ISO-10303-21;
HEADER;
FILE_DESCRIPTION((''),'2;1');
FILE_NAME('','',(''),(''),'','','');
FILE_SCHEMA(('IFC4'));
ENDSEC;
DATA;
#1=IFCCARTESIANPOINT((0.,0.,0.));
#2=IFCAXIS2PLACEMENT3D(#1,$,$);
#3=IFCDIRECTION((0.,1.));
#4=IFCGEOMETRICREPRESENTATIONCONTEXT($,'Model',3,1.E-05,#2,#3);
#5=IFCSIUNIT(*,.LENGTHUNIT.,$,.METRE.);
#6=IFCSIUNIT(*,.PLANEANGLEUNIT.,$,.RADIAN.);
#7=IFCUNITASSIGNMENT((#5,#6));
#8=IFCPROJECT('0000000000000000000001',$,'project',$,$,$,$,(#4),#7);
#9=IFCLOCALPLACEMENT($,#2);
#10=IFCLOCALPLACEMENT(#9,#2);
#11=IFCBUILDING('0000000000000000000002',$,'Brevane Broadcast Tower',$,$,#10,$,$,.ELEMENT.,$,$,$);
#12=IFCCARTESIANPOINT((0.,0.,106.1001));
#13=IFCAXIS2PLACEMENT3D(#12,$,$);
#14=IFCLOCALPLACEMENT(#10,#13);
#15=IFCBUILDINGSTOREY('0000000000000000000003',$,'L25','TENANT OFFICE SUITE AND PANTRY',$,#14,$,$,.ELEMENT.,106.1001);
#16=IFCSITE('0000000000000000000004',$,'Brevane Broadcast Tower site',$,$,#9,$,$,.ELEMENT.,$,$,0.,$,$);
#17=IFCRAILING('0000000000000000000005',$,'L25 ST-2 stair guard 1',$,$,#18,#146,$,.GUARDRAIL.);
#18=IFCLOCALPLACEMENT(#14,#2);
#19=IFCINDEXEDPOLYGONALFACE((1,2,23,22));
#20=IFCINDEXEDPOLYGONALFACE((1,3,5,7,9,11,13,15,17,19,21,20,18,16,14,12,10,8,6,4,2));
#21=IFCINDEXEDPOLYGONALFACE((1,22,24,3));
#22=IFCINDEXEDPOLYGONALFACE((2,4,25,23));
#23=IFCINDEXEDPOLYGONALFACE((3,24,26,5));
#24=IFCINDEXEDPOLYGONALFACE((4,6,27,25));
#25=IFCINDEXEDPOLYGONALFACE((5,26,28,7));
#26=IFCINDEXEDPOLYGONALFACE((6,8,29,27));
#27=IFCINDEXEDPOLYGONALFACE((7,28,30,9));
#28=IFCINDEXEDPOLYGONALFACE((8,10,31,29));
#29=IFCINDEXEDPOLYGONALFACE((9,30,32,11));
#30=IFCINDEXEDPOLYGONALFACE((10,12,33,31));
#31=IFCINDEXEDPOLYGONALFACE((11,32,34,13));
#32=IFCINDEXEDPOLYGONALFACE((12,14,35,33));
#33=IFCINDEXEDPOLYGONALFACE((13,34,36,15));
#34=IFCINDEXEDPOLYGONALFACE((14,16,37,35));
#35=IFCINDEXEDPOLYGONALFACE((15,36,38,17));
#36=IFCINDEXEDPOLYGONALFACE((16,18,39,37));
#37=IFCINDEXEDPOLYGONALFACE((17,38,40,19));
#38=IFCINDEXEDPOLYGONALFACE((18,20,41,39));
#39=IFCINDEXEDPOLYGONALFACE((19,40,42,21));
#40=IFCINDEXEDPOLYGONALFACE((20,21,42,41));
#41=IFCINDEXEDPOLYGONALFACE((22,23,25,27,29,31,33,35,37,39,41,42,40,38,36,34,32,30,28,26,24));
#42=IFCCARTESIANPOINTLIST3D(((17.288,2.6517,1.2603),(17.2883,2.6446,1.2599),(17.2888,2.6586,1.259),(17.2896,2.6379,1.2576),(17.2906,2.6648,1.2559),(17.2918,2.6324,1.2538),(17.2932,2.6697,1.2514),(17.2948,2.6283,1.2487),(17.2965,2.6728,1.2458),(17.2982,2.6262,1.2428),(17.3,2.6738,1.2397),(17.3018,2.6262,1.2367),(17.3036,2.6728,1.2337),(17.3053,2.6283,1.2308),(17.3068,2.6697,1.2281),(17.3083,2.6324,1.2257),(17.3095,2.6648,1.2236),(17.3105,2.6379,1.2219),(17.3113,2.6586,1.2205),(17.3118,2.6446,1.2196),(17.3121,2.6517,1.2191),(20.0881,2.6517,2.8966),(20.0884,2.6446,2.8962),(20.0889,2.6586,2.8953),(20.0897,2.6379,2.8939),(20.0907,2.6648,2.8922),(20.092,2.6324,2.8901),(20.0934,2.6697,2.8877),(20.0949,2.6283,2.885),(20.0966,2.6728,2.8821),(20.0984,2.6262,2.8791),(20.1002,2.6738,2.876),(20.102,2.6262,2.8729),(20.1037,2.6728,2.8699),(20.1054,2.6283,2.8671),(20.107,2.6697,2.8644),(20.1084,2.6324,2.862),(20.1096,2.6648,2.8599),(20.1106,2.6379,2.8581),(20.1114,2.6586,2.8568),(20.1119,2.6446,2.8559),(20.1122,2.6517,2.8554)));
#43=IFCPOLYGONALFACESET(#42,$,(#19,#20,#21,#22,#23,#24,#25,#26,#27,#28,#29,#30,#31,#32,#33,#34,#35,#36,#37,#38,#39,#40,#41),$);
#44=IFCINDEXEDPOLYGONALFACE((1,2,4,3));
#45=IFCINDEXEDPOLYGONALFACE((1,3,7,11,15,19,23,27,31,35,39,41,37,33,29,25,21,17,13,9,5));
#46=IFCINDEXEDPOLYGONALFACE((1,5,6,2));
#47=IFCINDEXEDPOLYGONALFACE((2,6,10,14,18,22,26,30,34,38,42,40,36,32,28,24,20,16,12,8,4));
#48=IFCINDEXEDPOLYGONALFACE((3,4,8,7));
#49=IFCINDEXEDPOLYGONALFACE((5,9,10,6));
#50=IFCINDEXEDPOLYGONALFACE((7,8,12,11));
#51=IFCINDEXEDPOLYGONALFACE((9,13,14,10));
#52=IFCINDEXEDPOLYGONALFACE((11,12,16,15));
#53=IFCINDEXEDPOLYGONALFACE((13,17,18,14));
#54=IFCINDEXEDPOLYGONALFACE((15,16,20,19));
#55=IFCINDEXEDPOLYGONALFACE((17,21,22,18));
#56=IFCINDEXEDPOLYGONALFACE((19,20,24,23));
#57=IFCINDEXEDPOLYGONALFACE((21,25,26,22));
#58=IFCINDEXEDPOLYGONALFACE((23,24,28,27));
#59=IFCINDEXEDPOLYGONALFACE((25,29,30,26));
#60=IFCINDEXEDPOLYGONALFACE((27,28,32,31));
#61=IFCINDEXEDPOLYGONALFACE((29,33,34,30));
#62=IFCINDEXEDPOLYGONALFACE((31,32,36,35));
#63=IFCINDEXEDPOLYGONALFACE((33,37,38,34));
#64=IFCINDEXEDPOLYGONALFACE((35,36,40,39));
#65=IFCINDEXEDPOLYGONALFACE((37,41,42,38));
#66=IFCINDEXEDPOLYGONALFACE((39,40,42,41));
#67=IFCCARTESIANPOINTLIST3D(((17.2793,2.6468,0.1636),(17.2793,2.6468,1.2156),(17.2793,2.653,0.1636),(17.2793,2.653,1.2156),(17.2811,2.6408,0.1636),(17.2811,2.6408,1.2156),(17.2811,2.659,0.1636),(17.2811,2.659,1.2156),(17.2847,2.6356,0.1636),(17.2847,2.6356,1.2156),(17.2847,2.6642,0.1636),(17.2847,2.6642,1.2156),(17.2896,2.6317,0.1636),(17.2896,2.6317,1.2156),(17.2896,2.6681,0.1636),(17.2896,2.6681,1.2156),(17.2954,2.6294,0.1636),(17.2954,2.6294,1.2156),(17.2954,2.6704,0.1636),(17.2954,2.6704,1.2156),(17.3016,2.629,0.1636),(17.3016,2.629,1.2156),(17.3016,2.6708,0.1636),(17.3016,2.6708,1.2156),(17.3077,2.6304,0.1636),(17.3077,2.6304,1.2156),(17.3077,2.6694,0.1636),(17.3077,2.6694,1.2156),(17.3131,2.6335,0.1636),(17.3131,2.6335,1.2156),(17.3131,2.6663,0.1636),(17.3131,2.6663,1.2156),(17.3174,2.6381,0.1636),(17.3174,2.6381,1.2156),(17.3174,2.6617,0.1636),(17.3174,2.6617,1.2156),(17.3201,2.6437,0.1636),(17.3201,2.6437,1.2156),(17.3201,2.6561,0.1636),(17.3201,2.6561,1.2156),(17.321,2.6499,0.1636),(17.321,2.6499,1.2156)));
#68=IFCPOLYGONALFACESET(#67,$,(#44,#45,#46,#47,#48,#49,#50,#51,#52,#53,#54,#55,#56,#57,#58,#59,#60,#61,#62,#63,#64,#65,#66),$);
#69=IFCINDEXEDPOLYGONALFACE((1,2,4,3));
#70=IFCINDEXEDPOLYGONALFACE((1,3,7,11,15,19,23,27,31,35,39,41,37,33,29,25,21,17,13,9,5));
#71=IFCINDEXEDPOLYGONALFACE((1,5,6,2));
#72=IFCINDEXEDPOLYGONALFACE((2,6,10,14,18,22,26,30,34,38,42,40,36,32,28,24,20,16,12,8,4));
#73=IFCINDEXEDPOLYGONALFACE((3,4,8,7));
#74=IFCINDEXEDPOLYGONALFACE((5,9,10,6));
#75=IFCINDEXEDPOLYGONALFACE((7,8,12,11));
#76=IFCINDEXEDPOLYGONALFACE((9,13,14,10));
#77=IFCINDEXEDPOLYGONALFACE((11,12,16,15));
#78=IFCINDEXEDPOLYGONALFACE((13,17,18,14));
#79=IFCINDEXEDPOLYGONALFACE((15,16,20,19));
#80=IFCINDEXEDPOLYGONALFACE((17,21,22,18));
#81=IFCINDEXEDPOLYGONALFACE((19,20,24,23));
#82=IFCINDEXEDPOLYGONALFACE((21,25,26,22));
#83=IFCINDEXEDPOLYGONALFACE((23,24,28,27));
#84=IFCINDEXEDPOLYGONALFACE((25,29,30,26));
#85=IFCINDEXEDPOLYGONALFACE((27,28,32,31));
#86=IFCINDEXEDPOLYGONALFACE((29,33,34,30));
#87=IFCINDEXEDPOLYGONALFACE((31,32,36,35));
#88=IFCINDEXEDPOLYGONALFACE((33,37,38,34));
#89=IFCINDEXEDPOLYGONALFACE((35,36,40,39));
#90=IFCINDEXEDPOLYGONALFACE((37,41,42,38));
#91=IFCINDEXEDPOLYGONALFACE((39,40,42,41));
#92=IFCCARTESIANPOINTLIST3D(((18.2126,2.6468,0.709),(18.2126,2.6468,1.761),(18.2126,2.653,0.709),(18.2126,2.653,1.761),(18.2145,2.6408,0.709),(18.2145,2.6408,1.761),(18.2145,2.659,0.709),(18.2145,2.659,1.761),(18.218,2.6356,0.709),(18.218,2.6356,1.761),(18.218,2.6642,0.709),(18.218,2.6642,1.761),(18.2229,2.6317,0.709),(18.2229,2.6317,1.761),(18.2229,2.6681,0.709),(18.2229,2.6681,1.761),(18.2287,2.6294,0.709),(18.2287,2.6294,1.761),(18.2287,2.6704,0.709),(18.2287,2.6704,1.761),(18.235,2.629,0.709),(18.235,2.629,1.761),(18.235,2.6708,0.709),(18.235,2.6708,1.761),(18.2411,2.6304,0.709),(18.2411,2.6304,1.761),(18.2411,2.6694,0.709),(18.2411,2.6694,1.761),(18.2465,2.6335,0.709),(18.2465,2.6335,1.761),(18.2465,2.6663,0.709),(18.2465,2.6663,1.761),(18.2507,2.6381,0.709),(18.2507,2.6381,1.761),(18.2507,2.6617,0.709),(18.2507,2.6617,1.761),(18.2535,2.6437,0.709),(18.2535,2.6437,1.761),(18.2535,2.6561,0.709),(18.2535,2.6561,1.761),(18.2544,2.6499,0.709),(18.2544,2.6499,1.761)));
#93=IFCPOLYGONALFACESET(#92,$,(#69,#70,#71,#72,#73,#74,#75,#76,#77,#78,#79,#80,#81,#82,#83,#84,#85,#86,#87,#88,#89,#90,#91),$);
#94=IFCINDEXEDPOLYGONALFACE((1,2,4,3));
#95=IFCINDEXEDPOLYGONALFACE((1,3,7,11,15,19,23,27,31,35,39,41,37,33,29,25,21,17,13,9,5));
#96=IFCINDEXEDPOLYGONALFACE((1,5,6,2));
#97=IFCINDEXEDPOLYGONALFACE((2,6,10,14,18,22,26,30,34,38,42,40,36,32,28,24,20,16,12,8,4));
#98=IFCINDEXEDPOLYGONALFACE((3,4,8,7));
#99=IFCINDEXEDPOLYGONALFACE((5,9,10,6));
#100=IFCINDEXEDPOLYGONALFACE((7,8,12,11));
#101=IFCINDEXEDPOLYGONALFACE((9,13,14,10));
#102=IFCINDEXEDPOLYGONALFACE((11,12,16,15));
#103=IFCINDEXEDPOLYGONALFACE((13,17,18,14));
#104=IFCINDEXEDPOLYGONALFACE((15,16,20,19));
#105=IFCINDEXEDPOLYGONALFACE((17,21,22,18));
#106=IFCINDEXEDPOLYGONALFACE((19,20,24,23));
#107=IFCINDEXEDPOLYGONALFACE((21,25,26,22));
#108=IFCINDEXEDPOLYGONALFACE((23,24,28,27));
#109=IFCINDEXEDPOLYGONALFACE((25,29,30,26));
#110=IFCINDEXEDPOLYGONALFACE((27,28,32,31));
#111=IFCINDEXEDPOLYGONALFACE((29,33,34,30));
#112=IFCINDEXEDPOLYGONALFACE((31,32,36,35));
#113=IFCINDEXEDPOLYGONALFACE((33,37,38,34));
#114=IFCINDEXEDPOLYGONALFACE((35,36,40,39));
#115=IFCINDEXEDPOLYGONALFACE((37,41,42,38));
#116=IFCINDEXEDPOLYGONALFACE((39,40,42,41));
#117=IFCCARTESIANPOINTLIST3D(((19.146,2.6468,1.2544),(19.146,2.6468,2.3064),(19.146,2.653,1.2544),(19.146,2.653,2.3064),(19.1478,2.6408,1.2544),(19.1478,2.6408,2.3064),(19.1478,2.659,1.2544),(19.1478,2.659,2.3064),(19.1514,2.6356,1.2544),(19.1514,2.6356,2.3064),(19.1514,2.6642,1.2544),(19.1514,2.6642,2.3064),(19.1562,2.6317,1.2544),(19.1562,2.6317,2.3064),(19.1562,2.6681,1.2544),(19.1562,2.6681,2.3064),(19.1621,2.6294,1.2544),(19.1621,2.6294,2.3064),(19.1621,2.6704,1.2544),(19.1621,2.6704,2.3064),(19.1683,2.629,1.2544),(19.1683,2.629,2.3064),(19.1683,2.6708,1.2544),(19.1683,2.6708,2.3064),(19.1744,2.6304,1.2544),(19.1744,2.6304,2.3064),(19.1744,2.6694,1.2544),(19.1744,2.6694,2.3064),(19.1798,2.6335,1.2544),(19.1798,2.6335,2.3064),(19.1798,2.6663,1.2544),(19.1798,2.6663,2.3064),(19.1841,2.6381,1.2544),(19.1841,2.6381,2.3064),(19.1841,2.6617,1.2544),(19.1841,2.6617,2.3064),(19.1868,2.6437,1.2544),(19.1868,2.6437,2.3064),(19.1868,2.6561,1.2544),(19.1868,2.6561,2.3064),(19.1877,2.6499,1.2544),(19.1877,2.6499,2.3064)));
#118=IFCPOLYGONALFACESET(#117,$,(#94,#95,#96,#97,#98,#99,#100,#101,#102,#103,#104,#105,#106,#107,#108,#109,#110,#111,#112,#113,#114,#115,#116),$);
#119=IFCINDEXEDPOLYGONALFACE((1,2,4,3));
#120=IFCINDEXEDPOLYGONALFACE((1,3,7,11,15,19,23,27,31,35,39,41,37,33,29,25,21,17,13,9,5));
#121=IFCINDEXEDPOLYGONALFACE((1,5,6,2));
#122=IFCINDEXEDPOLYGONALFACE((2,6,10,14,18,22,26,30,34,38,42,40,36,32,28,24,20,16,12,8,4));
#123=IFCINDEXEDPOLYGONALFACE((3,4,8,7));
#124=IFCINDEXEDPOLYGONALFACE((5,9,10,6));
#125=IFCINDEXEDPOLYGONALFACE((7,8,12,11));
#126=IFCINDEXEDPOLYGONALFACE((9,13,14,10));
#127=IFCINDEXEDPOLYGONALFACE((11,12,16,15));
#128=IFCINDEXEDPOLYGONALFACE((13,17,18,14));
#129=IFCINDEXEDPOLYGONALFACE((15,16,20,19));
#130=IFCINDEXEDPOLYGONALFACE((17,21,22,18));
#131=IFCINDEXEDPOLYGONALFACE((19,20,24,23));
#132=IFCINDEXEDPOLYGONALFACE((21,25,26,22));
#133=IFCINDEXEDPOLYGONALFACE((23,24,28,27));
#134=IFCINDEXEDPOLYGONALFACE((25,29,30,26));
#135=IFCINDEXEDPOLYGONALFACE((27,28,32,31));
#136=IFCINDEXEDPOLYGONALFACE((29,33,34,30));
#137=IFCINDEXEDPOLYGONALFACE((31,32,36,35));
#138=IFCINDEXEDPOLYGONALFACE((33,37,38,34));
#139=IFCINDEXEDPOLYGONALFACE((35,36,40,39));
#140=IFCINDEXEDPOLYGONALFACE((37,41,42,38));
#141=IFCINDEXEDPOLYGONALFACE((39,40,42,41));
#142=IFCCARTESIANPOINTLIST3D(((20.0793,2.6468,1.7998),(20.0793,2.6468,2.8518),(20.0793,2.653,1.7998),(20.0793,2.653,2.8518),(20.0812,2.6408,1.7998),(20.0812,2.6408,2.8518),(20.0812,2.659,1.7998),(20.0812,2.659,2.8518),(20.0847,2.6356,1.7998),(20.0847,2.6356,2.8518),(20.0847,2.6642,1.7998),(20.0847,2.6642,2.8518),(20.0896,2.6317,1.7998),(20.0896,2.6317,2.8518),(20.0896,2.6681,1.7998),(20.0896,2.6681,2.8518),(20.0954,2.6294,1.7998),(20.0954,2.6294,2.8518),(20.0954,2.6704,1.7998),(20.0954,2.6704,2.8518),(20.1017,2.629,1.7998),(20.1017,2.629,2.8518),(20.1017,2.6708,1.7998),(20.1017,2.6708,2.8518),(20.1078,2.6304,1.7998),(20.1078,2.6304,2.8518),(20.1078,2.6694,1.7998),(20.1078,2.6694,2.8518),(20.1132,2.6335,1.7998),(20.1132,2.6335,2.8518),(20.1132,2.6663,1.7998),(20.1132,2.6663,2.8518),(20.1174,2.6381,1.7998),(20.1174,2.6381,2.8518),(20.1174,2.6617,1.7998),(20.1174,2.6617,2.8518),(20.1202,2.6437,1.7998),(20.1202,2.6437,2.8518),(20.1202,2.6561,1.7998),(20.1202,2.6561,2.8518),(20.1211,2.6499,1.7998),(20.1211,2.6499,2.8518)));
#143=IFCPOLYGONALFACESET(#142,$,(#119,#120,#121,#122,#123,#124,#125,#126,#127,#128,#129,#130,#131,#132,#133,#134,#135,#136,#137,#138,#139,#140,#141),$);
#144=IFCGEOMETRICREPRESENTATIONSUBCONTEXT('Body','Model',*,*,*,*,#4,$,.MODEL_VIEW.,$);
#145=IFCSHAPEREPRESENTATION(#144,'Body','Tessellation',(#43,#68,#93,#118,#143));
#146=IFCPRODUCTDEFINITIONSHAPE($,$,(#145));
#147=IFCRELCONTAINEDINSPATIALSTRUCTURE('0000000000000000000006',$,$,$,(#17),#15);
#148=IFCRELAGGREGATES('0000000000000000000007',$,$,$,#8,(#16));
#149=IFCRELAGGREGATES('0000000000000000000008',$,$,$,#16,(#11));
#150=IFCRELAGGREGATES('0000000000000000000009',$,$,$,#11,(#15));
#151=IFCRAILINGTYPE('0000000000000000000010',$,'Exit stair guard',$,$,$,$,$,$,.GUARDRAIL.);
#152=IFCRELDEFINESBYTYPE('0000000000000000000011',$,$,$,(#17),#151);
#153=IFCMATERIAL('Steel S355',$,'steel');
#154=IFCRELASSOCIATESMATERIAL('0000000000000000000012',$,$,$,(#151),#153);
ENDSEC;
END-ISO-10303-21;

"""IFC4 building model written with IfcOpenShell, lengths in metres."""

from ifc_helpers import new_model, si_unit, direction, frame, origin, origin_2d, place, context, subcontext, project, spatial, circle, extrude, material, type_object, element, save


model = new_model("IFC4")

# Units and contexts
model_context = context("Model", 3, precision=1e-05, world=origin(), true_north=direction((0.0, 1.0)))
body_context = subcontext(model_context, "Body", "Model", "MODEL_VIEW")
ifc_project = project(units=[si_unit("LENGTHUNIT", "METRE"), si_unit("PLANEANGLEUNIT", "RADIAN")], contexts=[model_context])

# Site, building, storey
site_placement = place(None, origin())
site = spatial("IfcSite", under=ifc_project, at=site_placement, Name="Brevane Broadcast Tower site", CompositionType="ELEMENT", RefElevation=0.0)
building_placement = place(site_placement, origin())
building = spatial("IfcBuilding", under=site, at=building_placement, Name="Brevane Broadcast Tower", CompositionType="ELEMENT")
storey_placement = place(building_placement, frame((0.0, 0.0, 106.1001)))
storey = spatial("IfcBuildingStorey", under=building, at=storey_placement, Name="L25", Description="TENANT OFFICE SUITE AND PANTRY", CompositionType="ELEMENT", Elevation=106.1001)

# Railing
ifc_material_1 = material(Name="Steel S355", Category="steel")
railing_type_1 = type_object("IfcRailingType", Name="Exit stair guard", PredefinedType="GUARDRAIL", material=ifc_material_1)
railing_1_placement = place(storey_placement, frame((17.3, 2.6499, 0.1636)))
element("IfcRailing", 1, at=railing_1_placement, inside=storey, type_object=railing_type_1, Name="L25 ST-2 stair guard 1", PredefinedType="GUARDRAIL", context=body_context, shape_type="SweptSolid", body=[
    extrude(circle(Radius=0.0239, at=origin_2d()), frame((0.0, 0.0, 1.0762), z_axis=(0.863394, 0.0, 0.504531), x_axis=(0.0, 1.0, 0.0)), (0.0, 0.0, 1.0), 3.2432),
    extrude(circle(Radius=0.021, at=origin_2d()), origin(), (0.0, 0.0, 1.0), 1.052),
    extrude(circle(Radius=0.021, at=origin_2d()), frame((0.9333, 0.0, 0.5454)), (0.0, 0.0, 1.0), 1.052),
    extrude(circle(Radius=0.021, at=origin_2d()), frame((1.8667, 0.0, 1.0908)), (0.0, 0.0, 1.0), 1.052),
    extrude(circle(Radius=0.021, at=origin_2d()), frame((2.8, 0.0, 1.6362)), (0.0, 0.0, 1.0), 1.052),
])

save(model, "model.ifc")
